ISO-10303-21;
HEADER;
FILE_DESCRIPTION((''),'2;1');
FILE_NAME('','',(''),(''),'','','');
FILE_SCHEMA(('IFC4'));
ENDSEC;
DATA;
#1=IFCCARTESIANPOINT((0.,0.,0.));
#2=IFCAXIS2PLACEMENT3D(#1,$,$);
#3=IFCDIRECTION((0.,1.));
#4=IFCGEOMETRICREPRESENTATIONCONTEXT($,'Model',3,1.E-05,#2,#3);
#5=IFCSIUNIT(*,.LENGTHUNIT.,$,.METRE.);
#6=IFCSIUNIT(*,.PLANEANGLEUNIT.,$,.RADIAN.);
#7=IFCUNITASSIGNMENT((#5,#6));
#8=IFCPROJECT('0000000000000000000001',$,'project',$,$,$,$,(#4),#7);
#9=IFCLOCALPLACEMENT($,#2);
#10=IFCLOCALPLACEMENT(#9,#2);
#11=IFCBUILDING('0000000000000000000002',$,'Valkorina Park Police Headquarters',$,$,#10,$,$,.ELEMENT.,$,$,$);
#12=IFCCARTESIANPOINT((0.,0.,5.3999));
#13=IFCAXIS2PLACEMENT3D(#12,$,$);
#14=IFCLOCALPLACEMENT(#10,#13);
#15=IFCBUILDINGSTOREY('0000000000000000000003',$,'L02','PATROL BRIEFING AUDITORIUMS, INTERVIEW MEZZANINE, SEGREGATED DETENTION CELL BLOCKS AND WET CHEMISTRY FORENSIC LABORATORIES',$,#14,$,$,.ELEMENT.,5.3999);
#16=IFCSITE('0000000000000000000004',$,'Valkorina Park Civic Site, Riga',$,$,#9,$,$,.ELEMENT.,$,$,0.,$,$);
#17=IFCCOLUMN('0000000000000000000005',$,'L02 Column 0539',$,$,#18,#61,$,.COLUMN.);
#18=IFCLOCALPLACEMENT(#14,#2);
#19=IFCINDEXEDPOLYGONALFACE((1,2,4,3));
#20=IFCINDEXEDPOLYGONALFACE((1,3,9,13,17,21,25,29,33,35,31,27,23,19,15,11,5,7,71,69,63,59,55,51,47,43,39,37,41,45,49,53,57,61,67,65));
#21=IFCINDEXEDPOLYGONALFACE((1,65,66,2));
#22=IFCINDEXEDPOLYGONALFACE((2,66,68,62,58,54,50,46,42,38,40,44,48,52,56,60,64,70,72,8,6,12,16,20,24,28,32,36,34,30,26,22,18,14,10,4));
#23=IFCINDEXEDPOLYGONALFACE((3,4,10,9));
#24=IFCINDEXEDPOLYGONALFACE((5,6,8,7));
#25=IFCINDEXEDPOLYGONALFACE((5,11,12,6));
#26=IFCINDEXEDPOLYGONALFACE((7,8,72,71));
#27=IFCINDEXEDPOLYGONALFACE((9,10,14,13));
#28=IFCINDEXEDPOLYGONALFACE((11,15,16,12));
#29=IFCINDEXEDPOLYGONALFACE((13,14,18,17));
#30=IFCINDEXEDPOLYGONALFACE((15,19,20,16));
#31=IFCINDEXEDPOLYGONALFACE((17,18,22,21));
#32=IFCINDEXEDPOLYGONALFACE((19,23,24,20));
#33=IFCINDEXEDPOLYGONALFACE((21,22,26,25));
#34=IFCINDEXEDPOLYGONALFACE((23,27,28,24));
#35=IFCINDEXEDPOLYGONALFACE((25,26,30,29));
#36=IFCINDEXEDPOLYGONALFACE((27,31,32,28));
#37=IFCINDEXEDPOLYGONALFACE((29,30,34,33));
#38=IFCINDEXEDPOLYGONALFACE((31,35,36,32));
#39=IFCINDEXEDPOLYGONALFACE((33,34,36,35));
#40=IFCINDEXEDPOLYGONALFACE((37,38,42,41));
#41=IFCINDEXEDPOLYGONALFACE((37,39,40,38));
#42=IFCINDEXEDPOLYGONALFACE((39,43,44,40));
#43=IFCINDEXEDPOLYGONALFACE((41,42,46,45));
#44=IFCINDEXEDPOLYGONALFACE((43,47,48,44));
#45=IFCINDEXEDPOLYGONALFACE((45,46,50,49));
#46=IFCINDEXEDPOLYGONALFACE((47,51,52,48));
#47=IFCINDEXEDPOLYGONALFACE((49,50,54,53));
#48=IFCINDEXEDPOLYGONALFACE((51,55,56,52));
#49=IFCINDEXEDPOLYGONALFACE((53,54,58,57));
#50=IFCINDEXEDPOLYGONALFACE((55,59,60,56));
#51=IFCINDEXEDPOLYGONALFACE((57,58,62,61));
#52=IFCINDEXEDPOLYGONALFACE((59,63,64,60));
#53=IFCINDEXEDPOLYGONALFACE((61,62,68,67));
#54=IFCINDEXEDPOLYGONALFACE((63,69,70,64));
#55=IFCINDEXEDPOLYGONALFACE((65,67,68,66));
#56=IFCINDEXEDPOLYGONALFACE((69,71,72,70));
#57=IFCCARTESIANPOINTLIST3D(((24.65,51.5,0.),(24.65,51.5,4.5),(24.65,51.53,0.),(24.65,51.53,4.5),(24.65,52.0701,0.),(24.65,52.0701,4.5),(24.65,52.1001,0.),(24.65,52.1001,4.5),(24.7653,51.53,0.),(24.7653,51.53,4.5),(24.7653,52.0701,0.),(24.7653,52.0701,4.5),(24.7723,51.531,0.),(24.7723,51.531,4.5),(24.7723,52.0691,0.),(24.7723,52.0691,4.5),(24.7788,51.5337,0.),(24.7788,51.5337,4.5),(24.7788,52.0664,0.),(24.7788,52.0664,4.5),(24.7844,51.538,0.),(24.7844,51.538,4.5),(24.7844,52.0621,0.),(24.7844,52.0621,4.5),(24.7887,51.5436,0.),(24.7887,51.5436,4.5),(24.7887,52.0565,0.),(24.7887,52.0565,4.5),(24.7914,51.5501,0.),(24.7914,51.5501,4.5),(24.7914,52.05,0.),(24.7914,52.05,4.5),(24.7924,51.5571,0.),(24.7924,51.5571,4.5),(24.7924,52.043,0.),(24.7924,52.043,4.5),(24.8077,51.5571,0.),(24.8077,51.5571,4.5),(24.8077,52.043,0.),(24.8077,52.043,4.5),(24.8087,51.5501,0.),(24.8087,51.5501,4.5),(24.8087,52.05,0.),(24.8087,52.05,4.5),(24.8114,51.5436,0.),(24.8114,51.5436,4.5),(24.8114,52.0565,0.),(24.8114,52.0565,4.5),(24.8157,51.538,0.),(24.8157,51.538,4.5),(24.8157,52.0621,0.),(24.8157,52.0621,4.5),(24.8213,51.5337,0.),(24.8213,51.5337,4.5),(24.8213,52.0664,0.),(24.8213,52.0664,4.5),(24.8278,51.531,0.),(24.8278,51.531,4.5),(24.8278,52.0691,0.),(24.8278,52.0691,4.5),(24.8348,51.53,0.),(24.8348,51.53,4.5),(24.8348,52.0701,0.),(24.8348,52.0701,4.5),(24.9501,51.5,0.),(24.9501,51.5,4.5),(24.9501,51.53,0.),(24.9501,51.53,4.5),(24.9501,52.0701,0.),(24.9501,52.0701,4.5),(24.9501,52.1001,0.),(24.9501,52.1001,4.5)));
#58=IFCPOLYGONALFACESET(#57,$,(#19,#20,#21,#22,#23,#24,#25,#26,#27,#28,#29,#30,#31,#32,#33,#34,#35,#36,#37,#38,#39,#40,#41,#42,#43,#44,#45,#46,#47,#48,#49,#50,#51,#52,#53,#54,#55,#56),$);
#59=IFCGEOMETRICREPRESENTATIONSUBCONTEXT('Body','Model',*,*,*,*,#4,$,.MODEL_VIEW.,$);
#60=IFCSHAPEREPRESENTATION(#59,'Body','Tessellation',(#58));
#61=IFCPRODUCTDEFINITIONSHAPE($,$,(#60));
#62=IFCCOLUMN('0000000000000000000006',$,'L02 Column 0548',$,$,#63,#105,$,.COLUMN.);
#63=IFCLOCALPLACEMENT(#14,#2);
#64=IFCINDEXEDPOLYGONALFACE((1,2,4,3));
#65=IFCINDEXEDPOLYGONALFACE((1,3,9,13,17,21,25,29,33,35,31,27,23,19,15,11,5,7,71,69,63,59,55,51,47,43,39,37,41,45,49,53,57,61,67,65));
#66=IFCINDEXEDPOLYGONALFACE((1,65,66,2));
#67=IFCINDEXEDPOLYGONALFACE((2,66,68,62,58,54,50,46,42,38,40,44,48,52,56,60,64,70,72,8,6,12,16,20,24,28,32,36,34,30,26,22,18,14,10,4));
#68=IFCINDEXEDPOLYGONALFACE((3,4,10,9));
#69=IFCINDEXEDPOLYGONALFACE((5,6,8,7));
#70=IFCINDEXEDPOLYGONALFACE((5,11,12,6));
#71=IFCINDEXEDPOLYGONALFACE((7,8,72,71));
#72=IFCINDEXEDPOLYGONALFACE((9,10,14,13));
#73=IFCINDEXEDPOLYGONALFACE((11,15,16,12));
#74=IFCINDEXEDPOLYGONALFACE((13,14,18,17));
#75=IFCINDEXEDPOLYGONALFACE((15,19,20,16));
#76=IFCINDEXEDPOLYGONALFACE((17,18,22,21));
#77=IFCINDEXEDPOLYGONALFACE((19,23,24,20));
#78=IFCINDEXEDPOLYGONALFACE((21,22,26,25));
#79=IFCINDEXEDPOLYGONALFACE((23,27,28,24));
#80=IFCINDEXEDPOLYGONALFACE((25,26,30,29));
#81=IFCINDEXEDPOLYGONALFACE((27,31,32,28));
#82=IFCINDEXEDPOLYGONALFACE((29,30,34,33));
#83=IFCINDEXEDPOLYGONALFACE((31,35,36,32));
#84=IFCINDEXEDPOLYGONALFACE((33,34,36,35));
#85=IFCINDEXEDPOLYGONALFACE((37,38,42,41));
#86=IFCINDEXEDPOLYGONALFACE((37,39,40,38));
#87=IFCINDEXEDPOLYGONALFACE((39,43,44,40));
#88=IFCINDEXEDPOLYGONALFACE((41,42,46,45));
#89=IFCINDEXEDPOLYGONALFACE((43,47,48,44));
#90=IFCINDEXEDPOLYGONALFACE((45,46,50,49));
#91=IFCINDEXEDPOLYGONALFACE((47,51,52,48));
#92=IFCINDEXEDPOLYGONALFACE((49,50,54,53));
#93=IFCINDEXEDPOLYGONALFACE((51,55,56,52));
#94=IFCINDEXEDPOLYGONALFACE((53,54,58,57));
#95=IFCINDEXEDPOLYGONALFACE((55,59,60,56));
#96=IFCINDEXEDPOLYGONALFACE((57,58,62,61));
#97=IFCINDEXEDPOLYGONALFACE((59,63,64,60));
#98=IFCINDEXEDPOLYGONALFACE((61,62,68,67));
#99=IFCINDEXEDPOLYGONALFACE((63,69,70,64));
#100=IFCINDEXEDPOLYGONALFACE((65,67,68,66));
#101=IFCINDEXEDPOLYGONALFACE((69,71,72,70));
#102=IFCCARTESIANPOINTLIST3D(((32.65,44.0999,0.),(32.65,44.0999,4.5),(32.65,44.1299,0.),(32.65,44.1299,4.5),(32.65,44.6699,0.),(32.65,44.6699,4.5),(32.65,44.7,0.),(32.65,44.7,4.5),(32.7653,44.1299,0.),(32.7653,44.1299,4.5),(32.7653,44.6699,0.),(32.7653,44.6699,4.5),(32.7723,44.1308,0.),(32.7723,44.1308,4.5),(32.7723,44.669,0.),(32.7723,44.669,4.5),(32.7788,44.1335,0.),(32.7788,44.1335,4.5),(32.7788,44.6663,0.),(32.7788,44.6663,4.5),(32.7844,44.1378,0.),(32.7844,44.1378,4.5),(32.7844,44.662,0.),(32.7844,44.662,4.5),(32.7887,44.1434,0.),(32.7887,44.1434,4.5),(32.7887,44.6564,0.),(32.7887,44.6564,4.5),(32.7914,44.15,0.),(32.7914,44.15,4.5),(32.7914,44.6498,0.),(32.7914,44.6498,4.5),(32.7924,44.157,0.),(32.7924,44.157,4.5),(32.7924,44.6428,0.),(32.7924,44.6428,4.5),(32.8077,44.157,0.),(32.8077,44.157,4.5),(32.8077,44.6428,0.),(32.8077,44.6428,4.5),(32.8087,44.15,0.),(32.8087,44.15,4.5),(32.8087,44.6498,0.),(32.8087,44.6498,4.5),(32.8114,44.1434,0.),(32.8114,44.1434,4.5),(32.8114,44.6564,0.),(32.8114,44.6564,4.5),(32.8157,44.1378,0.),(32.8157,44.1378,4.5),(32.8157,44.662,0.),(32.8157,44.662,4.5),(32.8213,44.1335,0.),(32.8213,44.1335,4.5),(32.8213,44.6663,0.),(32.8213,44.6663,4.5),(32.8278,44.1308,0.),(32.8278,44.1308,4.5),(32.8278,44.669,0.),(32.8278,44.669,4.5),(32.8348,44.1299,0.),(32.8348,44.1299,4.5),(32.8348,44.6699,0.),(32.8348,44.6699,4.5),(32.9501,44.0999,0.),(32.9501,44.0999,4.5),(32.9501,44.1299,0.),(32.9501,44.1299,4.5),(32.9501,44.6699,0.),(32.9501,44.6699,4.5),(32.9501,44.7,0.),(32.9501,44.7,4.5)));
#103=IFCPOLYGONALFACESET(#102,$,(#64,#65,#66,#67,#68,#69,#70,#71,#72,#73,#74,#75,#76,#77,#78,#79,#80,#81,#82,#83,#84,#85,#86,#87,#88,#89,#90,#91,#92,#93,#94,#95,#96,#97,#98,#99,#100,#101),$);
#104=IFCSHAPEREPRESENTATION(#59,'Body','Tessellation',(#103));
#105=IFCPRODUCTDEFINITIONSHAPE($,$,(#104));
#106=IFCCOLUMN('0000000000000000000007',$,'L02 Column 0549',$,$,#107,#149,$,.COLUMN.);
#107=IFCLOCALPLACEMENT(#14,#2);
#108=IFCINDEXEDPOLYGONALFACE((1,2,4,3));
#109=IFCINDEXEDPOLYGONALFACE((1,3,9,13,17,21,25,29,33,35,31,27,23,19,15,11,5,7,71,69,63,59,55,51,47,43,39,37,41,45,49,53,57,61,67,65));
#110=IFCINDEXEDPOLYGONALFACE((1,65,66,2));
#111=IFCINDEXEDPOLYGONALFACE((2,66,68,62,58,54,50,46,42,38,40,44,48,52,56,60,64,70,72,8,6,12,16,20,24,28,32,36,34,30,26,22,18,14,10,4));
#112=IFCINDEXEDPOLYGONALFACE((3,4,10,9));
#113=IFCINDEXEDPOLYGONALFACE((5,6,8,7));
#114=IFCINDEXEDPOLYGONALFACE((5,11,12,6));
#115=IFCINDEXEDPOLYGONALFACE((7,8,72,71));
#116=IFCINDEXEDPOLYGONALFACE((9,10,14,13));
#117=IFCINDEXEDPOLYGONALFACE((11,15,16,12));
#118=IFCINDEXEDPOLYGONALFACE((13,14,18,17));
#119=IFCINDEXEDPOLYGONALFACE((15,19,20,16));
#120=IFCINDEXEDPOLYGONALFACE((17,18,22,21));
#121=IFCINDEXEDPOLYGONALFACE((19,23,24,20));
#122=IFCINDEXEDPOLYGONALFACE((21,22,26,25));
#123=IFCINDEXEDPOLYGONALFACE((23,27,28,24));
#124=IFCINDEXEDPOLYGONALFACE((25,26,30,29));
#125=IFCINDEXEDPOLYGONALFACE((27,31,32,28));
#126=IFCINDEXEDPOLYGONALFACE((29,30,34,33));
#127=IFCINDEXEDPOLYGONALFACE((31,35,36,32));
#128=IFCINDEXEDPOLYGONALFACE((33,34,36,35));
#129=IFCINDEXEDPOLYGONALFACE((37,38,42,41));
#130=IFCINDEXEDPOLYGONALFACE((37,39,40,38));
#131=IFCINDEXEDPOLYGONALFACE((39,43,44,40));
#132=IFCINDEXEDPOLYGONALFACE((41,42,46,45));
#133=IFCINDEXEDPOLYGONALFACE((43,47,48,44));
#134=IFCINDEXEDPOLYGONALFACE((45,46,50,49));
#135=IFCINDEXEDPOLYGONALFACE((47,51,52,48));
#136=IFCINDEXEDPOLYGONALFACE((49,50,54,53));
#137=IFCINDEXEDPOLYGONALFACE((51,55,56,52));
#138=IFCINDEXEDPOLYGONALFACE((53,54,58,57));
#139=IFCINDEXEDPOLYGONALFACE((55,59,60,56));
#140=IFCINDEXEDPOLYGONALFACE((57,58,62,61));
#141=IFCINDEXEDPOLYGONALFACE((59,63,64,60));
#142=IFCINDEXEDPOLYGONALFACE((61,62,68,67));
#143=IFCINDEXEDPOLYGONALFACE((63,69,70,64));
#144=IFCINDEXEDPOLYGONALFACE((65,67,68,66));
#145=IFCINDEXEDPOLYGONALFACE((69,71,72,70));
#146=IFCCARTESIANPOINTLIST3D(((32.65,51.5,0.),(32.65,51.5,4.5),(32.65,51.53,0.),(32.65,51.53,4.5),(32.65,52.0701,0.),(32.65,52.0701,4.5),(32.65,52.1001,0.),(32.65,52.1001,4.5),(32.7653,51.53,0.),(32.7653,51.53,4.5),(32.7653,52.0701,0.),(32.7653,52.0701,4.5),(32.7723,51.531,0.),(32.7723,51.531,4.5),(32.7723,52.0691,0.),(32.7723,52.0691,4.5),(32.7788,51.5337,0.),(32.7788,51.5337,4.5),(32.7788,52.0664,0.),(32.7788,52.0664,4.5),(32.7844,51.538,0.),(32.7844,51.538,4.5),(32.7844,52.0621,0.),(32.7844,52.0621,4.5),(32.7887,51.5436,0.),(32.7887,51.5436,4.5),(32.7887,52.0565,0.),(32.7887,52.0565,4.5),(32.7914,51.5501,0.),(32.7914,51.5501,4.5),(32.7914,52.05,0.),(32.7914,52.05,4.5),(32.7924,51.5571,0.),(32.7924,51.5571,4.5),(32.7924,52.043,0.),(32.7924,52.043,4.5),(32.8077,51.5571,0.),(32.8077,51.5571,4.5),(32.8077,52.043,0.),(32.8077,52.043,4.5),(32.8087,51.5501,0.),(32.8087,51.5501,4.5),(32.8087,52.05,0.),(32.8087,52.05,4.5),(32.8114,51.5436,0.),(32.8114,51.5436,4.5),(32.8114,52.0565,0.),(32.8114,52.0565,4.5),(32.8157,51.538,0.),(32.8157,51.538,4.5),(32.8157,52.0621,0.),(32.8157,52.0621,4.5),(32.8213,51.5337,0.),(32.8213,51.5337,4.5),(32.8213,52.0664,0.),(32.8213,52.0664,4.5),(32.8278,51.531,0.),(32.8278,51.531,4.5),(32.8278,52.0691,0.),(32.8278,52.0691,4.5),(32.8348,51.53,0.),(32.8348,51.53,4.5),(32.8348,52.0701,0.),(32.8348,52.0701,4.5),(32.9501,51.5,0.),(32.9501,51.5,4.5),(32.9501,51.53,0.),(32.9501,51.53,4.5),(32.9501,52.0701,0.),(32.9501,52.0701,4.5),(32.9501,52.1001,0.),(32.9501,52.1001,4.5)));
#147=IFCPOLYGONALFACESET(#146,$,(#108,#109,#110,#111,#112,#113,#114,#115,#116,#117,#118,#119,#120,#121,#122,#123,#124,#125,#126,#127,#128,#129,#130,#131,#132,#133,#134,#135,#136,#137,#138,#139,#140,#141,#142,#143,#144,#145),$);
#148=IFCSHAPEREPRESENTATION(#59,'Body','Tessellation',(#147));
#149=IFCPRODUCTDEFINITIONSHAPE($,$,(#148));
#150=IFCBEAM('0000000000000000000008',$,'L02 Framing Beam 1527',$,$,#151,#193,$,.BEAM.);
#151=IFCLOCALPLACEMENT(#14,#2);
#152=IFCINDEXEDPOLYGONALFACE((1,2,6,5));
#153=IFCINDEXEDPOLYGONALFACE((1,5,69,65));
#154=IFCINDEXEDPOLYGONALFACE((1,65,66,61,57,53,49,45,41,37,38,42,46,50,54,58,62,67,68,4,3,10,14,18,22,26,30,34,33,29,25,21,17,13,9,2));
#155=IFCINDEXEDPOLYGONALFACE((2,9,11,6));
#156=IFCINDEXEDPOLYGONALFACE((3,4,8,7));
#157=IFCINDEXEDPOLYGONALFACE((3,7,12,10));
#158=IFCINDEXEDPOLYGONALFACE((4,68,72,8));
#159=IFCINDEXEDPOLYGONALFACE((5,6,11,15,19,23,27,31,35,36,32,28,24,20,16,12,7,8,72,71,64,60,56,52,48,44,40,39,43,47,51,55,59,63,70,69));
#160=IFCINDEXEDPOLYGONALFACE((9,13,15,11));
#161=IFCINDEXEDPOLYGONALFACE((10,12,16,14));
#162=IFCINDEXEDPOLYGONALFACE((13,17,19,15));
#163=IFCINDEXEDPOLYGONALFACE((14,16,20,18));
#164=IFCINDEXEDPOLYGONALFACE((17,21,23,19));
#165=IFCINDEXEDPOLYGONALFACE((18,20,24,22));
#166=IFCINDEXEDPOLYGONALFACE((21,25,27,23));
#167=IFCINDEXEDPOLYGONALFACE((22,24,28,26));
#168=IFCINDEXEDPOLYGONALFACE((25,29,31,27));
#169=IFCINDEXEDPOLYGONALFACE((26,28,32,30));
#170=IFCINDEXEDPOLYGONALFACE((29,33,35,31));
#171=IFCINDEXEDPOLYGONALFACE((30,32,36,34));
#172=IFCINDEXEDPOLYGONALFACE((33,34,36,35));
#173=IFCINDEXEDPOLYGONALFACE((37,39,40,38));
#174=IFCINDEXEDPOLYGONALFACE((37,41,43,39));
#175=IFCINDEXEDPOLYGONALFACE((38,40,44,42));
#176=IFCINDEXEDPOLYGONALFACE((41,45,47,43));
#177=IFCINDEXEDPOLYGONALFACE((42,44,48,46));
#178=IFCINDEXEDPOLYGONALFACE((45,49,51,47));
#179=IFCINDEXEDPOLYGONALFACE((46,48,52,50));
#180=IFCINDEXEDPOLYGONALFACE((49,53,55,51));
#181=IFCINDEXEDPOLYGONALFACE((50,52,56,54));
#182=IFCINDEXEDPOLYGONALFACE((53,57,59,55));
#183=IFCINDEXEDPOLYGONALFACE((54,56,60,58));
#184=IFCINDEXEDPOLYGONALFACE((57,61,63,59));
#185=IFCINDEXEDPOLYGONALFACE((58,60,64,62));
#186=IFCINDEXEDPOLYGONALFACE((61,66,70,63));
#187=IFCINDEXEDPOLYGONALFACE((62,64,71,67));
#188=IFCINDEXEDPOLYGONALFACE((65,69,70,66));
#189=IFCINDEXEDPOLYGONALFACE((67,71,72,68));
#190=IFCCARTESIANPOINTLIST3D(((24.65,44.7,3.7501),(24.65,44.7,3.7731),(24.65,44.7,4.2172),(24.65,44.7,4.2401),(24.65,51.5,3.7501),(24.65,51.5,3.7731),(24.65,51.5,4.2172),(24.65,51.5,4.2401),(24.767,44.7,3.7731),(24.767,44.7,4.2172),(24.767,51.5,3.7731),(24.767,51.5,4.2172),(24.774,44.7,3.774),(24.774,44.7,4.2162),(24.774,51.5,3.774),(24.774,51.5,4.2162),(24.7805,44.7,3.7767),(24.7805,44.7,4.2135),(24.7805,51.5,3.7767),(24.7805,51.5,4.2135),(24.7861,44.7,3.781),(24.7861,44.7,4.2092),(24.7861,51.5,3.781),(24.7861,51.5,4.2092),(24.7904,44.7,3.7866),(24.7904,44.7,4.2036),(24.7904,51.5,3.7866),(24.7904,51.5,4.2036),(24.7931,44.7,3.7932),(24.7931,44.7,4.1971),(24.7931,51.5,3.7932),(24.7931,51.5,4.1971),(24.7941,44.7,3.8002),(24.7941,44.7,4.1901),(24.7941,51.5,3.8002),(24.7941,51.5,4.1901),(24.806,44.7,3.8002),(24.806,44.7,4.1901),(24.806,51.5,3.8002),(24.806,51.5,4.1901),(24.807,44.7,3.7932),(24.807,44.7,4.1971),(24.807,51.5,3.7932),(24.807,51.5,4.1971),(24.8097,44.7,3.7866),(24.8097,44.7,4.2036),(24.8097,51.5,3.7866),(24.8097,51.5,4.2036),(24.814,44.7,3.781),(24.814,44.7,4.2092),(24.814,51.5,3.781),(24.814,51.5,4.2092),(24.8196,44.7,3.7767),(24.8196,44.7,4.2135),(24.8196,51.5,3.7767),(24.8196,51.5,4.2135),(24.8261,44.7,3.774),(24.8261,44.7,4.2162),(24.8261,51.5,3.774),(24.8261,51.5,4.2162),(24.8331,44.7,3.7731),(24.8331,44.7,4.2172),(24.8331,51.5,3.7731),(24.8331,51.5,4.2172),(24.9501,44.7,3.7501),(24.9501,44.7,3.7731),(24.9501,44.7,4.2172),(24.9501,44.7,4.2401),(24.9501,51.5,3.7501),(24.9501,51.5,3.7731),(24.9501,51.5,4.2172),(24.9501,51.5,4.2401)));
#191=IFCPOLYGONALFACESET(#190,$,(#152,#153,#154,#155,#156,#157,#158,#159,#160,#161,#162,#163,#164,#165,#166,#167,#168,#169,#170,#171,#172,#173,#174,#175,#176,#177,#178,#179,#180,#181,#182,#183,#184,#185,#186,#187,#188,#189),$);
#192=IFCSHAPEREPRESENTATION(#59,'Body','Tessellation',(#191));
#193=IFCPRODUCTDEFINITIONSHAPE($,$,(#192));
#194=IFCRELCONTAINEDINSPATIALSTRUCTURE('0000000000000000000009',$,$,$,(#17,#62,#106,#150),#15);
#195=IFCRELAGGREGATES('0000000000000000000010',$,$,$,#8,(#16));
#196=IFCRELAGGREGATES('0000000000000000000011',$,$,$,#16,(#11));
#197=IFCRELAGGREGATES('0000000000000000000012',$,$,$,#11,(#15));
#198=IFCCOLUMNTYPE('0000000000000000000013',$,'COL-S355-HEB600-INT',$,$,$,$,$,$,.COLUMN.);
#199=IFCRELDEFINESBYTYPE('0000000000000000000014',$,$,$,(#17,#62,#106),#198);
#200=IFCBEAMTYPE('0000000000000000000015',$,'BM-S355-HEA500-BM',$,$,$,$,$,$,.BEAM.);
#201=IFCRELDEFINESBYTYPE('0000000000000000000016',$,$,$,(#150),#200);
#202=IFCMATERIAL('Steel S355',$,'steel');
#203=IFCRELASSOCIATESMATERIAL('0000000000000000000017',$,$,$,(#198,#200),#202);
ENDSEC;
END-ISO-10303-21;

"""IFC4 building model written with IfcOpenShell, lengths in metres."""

from ifc_helpers import new_model, si_unit, direction, frame, origin, origin_2d, place, context, subcontext, project, spatial, i_section, extrude, material, material_profile, profile_set, type_object, element, save


model = new_model("IFC4")

# Units and contexts
model_context = context("Model", 3, precision=1e-05, world=origin(), true_north=direction((0.0, 1.0)))
body_context = subcontext(model_context, "Body", "Model", "MODEL_VIEW")
ifc_project = project(units=[si_unit("LENGTHUNIT", "METRE"), si_unit("PLANEANGLEUNIT", "RADIAN")], contexts=[model_context])

# Site, building, storey
site_placement = place(None, origin())
site = spatial("IfcSite", under=ifc_project, at=site_placement, Name="Valkorina Park Civic Site, Riga", CompositionType="ELEMENT", RefElevation=0.0)
building_placement = place(site_placement, origin())
building = spatial("IfcBuilding", under=site, at=building_placement, Name="Valkorina Park Police Headquarters", CompositionType="ELEMENT")
storey_placement = place(building_placement, frame((0.0, 0.0, 5.3999)))
storey = spatial("IfcBuildingStorey", under=building, at=storey_placement, Name="L02", Description="PATROL BRIEFING AUDITORIUMS, INTERVIEW MEZZANINE, SEGREGATED DETENTION CELL BLOCKS AND WET CHEMISTRY FORENSIC LABORATORIES", CompositionType="ELEMENT", Elevation=5.3999)

# Columns
ifc_material_1 = material(Name="Steel S355", Category="steel")
ifc_material_profile_1 = material_profile(ifc_material_1, i_section(OverallWidth=0.3, OverallDepth=0.6001, WebThickness=0.0154, FlangeThickness=0.03, FilletRadius=0.0271, at=origin_2d()), Name="HEB 600")
ifc_profile_set_1 = profile_set([ifc_material_profile_1], Name="Steel S355")
column_type = type_object("IfcColumnType", Name="COL-S355-HEB600-INT", PredefinedType="COLUMN", material=ifc_profile_set_1)
for number, where, z_axis, x_axis, name in (
    (1, (24.8, 51.8, 0.0), (0.0, 0.0, 1.0), (1.0, 0.0, 0.0), "L02 Column 0539"),
    (2, (32.8, 44.3999, 0.0), (0.0, 0.0, 1.0), (1.0, 0.0, 0.0), "L02 Column 0548"),
    (3, (32.8, 51.8, 0.0), (0.0, 0.0, 1.0), (1.0, 0.0, 0.0), "L02 Column 0549"),
):
    element("IfcColumn", number, at=place(storey_placement, frame(where, z_axis=z_axis, x_axis=x_axis)), inside=storey, type_object=column_type, Name=name, PredefinedType="COLUMN", context=body_context, shape_type="SweptSolid", body=[
        extrude(i_section(OverallWidth=0.3, OverallDepth=0.6001, WebThickness=0.0154, FlangeThickness=0.03, FilletRadius=0.0271, at=origin_2d()), origin(), (0.0, 0.0, 1.0), 4.5),
    ])

# Beam
ifc_material_profile_2 = material_profile(ifc_material_1, i_section(OverallWidth=0.3, OverallDepth=0.49, WebThickness=0.012, FlangeThickness=0.0229, FilletRadius=0.0271, at=origin_2d()), Name="HEA 500")
ifc_profile_set_2 = profile_set([ifc_material_profile_2], Name="Steel S355")
beam_type_1 = type_object("IfcBeamType", Name="BM-S355-HEA500-BM", PredefinedType="BEAM", material=ifc_profile_set_2)
beam_1_placement = place(storey_placement, frame((24.8, 44.7, 3.9951), z_axis=(0.0, 1.0, 0.0), x_axis=(-1.0, 0.0, 0.0)))
element("IfcBeam", 4, at=beam_1_placement, inside=storey, type_object=beam_type_1, Name="L02 Framing Beam 1527", PredefinedType="BEAM", context=body_context, shape_type="SweptSolid", body=[
    extrude(i_section(OverallWidth=0.3, OverallDepth=0.49, WebThickness=0.012, FlangeThickness=0.0229, FilletRadius=0.0271, at=origin_2d()), origin(), (0.0, 0.0, 1.0), 6.8),
])

save(model, "model.ifc")
